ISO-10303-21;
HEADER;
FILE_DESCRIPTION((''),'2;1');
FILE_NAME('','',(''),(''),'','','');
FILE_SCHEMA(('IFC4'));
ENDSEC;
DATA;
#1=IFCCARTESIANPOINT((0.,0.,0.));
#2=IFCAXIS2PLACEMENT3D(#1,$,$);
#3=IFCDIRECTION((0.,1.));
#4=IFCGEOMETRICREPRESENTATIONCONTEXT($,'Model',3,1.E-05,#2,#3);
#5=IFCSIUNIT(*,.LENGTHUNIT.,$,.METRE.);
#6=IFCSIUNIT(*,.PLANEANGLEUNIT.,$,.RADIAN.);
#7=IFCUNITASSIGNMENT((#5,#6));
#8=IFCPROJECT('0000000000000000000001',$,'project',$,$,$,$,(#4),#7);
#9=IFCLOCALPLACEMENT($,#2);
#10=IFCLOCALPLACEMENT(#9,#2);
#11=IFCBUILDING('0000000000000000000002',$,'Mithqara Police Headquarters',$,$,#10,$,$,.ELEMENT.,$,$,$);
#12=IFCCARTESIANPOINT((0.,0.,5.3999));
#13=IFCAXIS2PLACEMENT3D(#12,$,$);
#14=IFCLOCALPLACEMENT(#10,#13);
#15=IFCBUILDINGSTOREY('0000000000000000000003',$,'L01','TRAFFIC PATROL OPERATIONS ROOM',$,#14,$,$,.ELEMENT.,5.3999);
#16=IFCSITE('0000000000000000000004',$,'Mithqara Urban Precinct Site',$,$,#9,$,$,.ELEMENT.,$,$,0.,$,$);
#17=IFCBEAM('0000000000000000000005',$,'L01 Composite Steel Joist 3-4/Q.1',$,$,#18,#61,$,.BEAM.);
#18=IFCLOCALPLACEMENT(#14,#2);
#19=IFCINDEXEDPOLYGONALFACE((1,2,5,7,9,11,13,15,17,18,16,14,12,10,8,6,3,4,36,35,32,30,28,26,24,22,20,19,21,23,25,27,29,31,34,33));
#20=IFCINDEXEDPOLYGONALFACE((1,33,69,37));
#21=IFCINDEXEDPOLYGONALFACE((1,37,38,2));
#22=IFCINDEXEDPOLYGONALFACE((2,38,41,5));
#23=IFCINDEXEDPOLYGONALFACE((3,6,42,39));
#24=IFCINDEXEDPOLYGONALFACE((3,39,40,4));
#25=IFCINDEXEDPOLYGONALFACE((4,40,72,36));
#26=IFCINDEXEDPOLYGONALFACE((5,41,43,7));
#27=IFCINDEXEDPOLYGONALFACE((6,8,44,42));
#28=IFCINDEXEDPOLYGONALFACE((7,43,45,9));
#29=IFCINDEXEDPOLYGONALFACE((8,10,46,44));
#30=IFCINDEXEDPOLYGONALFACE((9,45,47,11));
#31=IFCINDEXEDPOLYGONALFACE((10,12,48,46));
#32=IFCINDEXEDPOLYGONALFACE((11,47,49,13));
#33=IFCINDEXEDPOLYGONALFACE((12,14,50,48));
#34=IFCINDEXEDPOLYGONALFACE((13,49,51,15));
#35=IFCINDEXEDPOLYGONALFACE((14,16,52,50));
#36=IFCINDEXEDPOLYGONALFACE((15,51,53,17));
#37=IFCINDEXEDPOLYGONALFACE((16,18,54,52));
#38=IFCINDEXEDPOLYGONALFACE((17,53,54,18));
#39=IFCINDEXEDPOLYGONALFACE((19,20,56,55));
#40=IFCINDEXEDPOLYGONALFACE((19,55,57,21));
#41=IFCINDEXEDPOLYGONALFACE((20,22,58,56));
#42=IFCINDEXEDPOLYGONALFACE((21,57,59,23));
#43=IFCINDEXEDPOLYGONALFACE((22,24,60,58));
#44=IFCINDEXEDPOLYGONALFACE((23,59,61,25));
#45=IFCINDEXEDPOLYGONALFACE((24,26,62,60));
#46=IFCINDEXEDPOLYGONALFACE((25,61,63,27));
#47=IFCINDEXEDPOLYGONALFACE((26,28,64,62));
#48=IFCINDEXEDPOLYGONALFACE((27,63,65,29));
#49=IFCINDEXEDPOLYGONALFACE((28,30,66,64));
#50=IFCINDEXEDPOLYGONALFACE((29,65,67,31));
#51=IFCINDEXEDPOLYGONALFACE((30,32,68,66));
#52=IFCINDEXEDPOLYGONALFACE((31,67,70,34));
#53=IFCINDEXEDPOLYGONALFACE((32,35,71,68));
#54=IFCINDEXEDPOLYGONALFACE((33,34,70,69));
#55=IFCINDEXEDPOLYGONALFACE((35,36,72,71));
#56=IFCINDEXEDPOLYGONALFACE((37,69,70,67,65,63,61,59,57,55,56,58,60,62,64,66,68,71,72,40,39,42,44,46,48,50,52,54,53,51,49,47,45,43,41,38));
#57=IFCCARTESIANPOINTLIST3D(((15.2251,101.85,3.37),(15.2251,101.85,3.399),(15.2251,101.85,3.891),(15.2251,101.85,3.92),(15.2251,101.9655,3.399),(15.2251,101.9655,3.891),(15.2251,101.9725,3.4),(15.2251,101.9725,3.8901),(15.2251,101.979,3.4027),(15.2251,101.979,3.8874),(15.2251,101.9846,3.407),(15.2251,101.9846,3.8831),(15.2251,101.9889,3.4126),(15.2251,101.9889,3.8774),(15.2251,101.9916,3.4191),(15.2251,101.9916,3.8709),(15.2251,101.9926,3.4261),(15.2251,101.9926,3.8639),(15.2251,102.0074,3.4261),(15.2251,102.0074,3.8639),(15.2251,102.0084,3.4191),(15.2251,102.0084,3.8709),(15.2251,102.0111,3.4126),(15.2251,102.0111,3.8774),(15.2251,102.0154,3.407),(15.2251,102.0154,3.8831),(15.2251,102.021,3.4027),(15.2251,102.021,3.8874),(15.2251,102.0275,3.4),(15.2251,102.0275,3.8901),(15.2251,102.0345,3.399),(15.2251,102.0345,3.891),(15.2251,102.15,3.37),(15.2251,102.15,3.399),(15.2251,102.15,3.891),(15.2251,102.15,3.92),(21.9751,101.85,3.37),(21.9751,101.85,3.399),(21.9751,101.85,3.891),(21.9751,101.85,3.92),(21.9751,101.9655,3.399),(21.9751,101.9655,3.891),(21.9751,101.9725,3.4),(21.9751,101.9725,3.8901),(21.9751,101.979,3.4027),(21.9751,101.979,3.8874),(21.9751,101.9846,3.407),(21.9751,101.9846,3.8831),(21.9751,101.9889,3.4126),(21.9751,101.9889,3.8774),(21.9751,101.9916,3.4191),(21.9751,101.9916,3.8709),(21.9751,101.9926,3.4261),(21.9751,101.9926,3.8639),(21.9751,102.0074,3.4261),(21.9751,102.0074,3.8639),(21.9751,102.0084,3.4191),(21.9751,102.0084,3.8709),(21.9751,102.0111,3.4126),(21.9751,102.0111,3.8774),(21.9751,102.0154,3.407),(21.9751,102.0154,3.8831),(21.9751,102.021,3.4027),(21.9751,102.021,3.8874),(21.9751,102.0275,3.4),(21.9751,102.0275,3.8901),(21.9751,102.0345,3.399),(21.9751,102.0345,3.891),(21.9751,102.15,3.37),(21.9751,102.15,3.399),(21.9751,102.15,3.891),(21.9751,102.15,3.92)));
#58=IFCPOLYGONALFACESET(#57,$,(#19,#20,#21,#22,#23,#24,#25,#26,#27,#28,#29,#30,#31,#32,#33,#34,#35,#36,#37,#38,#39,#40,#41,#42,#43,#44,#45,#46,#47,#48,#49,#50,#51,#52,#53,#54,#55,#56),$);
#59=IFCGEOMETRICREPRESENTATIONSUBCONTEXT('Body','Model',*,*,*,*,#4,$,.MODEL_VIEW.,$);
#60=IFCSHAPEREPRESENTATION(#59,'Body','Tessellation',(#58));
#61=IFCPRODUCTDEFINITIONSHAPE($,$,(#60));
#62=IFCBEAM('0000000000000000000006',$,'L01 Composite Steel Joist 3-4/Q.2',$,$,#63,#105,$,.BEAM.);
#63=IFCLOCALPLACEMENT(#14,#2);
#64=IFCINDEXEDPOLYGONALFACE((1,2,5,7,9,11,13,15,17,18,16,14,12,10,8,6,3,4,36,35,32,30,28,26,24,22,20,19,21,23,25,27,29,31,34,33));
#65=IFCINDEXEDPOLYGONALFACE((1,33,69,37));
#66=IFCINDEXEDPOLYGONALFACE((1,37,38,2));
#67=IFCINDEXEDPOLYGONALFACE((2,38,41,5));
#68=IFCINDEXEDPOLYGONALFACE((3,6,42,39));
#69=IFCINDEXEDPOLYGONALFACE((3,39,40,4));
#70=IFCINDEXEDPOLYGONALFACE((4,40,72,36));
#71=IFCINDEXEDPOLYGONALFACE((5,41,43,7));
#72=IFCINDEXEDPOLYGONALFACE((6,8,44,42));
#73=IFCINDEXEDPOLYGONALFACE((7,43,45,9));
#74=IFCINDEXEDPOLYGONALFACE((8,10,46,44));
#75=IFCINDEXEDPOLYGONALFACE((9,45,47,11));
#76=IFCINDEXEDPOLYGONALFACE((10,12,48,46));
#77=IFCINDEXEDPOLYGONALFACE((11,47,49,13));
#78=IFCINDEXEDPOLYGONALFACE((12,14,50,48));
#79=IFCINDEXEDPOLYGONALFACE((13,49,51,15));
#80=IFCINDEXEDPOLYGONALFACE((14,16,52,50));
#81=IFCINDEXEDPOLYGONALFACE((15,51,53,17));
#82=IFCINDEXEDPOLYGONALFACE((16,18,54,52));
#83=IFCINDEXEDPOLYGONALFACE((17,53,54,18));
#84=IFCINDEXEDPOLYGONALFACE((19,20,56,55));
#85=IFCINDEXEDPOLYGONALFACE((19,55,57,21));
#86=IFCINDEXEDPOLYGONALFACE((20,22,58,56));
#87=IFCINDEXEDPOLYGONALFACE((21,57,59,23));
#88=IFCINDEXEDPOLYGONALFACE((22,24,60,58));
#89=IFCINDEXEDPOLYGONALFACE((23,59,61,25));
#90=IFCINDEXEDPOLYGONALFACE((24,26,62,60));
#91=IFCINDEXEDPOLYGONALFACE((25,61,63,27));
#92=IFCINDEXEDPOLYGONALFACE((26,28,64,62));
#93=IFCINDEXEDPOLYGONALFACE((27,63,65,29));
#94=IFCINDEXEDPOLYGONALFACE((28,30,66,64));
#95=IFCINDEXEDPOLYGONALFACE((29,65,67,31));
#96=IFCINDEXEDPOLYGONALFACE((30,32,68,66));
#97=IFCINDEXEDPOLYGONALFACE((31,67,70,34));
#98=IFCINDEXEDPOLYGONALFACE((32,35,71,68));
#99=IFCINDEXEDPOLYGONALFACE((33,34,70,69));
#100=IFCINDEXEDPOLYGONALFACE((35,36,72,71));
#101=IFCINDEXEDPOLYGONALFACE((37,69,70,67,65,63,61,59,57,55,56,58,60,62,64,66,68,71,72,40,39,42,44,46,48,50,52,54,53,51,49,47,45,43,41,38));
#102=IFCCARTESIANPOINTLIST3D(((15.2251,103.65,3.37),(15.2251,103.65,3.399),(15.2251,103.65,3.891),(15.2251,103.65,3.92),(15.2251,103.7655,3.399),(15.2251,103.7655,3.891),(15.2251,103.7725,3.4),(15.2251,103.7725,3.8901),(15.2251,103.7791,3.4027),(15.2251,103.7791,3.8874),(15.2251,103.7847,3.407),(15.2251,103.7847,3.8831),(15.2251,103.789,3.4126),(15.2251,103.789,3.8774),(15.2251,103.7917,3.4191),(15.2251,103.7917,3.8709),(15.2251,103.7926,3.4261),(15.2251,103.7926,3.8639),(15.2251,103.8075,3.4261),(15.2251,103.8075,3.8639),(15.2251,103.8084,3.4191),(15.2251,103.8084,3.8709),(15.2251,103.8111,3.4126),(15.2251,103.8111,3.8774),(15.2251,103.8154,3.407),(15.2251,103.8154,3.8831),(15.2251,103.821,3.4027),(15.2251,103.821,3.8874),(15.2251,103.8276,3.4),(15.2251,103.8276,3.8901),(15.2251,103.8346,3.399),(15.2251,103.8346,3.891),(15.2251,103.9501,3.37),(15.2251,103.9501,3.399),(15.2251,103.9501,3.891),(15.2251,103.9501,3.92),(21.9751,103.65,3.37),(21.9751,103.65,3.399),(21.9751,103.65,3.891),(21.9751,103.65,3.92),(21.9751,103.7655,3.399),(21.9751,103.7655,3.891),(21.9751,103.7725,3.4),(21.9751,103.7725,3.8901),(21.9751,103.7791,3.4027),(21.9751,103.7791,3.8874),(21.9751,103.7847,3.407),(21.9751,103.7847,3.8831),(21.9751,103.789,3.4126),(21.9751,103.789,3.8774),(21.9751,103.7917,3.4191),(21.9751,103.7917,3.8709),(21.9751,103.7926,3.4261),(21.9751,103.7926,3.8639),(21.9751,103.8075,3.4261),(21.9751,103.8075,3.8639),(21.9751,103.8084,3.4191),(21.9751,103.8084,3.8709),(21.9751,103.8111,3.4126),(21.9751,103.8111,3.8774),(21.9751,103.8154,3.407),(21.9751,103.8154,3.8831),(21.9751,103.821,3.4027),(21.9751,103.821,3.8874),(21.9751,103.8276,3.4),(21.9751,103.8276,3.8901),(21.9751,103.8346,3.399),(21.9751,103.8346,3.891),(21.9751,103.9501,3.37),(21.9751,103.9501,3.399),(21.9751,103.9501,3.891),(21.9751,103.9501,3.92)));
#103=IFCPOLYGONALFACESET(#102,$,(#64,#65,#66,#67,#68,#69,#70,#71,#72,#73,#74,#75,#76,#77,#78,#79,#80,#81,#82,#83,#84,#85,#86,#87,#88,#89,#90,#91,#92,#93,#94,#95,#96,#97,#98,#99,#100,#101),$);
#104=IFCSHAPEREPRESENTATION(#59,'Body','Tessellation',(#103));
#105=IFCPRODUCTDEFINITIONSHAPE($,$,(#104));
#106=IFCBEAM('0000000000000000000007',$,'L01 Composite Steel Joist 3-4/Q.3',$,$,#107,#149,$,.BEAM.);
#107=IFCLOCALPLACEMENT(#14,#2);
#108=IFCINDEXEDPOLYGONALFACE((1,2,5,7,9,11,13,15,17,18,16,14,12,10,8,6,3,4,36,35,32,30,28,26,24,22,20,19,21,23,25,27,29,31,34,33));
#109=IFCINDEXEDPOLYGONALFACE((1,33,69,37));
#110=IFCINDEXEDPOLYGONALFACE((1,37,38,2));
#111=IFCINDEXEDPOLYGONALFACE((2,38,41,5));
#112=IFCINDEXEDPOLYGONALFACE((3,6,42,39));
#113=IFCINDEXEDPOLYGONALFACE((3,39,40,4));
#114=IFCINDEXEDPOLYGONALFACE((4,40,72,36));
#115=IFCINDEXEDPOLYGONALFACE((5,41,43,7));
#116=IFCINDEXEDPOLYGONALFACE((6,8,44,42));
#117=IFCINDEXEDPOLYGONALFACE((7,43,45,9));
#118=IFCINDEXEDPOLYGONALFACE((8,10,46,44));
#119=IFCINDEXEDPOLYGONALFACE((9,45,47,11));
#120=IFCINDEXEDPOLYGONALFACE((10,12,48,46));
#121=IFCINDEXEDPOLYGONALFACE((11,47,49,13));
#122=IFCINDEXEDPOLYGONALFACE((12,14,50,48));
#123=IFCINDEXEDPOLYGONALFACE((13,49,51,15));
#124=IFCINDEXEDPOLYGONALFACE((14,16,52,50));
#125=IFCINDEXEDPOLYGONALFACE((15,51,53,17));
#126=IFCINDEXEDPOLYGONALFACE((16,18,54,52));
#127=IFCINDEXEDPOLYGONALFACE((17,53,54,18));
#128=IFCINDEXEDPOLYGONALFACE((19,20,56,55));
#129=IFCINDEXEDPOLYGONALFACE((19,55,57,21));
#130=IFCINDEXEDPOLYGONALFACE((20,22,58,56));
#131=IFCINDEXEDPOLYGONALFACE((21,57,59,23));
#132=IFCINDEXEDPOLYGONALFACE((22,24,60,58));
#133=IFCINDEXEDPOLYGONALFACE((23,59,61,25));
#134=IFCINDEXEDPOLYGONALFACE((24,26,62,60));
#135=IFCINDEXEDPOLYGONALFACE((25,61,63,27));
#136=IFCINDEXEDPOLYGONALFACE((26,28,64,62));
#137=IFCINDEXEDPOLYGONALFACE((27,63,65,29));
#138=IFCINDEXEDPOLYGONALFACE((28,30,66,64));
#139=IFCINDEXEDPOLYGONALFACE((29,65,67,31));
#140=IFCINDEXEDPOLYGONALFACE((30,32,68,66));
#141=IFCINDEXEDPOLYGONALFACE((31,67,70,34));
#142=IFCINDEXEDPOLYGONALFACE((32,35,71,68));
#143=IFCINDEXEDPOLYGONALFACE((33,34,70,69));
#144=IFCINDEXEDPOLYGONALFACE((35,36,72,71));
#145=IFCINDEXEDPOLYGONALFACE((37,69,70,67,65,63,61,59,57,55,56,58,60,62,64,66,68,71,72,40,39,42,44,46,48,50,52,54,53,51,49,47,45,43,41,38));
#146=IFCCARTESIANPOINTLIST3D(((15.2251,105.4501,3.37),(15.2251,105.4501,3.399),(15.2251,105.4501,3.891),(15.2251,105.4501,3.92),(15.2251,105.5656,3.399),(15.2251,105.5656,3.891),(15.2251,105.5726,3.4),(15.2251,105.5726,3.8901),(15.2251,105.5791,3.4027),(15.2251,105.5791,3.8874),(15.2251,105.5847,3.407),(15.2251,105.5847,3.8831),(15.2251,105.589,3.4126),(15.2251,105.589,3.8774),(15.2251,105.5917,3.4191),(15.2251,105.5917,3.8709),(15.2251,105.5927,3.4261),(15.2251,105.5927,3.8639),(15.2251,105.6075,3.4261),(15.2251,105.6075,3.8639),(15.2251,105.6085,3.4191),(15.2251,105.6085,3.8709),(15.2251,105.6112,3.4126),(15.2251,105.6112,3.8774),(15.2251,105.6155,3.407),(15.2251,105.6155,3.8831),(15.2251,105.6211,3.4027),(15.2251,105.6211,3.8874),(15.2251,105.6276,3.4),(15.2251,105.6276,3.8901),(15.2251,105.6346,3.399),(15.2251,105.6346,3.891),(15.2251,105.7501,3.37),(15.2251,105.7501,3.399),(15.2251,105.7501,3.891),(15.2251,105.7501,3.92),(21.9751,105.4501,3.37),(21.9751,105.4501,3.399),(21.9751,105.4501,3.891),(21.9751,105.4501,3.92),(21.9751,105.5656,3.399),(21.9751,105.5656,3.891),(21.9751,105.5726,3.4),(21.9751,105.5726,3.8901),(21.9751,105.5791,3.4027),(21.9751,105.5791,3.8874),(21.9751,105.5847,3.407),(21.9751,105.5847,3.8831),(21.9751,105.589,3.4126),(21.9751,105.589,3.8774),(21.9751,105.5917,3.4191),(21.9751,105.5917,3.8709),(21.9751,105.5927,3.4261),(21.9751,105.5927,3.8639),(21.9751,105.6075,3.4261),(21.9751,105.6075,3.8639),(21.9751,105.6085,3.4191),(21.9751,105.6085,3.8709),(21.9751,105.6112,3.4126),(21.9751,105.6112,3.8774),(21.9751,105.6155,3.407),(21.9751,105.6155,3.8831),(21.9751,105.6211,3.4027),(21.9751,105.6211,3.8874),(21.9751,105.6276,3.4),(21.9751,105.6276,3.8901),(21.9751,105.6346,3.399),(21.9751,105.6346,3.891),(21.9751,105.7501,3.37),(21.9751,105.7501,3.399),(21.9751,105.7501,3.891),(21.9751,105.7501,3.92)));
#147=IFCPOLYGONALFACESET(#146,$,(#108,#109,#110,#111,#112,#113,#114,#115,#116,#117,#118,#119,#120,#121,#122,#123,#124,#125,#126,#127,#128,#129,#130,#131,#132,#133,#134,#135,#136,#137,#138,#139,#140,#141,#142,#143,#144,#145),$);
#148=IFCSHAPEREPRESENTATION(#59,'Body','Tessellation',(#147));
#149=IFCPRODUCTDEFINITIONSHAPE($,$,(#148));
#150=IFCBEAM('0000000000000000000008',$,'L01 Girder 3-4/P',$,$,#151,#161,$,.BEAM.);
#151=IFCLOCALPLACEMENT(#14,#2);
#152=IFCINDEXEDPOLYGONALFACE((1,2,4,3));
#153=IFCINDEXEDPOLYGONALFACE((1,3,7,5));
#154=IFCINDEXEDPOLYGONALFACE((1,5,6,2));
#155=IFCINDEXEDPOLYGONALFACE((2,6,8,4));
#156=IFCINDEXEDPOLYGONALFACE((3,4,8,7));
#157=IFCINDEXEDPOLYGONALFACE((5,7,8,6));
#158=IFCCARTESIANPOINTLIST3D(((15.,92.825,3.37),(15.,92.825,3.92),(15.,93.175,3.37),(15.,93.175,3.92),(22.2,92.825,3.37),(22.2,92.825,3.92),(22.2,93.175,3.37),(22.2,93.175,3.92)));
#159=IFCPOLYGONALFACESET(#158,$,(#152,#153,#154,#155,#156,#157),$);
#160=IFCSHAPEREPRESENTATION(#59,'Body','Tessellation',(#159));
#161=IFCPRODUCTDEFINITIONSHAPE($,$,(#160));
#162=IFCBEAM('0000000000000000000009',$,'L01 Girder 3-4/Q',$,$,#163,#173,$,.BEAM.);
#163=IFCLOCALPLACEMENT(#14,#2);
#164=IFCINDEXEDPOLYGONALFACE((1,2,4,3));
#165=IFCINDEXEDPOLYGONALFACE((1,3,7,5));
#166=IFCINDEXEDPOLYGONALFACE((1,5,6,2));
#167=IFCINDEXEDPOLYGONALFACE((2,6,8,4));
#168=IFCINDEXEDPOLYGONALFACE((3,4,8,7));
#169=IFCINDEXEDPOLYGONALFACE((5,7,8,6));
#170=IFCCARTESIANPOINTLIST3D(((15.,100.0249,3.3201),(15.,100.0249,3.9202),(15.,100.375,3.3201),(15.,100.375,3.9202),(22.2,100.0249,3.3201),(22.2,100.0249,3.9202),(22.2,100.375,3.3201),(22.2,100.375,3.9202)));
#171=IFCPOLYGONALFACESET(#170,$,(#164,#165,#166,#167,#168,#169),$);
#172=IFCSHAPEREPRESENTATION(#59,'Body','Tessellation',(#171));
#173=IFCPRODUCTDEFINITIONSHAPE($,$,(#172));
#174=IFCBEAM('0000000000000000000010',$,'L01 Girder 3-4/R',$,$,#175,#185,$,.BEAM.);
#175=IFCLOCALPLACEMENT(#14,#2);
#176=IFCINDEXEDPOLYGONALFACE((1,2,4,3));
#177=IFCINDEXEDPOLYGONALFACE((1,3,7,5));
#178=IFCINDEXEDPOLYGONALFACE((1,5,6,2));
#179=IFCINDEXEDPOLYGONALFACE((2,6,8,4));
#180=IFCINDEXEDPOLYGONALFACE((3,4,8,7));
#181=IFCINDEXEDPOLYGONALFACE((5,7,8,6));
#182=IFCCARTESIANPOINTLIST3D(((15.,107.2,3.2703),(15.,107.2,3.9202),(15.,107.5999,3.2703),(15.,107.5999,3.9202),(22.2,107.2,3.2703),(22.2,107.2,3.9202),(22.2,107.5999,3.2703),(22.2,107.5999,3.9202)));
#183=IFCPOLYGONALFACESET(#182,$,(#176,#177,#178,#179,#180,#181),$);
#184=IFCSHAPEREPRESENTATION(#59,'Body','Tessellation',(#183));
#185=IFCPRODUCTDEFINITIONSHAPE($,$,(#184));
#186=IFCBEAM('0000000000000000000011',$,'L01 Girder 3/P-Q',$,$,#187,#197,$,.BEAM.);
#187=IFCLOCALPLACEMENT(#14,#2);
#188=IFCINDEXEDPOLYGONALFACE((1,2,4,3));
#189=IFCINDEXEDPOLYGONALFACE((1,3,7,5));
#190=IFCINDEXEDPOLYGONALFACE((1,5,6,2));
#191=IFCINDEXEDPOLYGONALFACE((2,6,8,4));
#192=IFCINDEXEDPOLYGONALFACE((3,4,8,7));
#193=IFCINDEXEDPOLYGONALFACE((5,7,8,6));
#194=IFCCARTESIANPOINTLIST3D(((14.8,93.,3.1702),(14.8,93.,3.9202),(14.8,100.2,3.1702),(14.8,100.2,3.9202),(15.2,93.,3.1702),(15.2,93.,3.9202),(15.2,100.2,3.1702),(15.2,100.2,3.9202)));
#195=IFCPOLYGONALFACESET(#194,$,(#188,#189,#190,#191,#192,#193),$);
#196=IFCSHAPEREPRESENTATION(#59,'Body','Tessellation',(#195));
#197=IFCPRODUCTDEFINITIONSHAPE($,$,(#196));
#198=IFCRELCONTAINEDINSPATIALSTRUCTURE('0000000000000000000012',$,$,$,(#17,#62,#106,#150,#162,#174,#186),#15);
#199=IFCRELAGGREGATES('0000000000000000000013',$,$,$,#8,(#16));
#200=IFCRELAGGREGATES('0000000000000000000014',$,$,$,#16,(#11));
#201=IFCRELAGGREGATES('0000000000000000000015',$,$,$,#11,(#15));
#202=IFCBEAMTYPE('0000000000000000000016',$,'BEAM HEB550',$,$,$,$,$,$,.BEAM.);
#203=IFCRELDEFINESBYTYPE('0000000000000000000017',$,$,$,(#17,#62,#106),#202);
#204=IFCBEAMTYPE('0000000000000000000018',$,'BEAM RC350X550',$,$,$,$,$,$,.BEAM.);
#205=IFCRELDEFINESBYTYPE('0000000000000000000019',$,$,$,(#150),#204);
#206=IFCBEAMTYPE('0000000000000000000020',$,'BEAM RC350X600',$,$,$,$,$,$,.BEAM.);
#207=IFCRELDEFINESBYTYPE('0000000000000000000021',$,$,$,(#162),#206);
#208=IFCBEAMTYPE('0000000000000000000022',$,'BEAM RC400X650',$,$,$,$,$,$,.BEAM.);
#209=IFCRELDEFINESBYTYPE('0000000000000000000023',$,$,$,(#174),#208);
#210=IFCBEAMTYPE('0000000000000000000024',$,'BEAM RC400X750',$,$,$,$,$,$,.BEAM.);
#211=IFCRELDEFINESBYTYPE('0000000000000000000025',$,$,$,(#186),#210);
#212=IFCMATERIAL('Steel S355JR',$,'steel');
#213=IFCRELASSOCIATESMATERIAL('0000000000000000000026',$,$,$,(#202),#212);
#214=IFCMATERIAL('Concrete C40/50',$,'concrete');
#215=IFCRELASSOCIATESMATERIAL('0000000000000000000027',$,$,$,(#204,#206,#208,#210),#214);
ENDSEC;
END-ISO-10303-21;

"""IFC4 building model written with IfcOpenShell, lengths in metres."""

from ifc_helpers import new_model, si_unit, direction, frame, origin, origin_2d, place, context, subcontext, project, spatial, rectangle, i_section, extrude, material, material_profile, profile_set, type_object, element, save


model = new_model("IFC4")

# Units and contexts
model_context = context("Model", 3, precision=1e-05, world=origin(), true_north=direction((0.0, 1.0)))
body_context = subcontext(model_context, "Body", "Model", "MODEL_VIEW")
ifc_project = project(units=[si_unit("LENGTHUNIT", "METRE"), si_unit("PLANEANGLEUNIT", "RADIAN")], contexts=[model_context])

# Site, building, storey
site_placement = place(None, origin())
site = spatial("IfcSite", under=ifc_project, at=site_placement, Name="Mithqara Urban Precinct Site", CompositionType="ELEMENT", RefElevation=0.0)
building_placement = place(site_placement, origin())
building = spatial("IfcBuilding", under=site, at=building_placement, Name="Mithqara Police Headquarters", CompositionType="ELEMENT")
storey_placement = place(building_placement, frame((0.0, 0.0, 5.3999)))
storey = spatial("IfcBuildingStorey", under=building, at=storey_placement, Name="L01", Description="TRAFFIC PATROL OPERATIONS ROOM", CompositionType="ELEMENT", Elevation=5.3999)

# Beams
ifc_material_1 = material(Name="Steel S355JR", Category="steel")
ifc_material_profile_1 = material_profile(ifc_material_1, i_section(OverallWidth=0.3, OverallDepth=0.55, WebThickness=0.0149, FlangeThickness=0.0291, FilletRadius=0.0271, at=origin_2d()), Name="HEB 550")
ifc_profile_set_1 = profile_set([ifc_material_profile_1], Name="Steel S355JR")
beam_type_1 = type_object("IfcBeamType", Name="BEAM HEB550", PredefinedType="BEAM", material=ifc_profile_set_1)
for number, where, z_axis, x_axis, name in (
    (1, (15.2251, 102.0, 3.645), (1.0, 0.0, 0.0), (0.0, 1.0, 0.0), "L01 Composite Steel Joist 3-4/Q.1"),
    (2, (15.2251, 103.8, 3.645), (1.0, 0.0, 0.0), (0.0, 1.0, 0.0), "L01 Composite Steel Joist 3-4/Q.2"),
    (3, (15.2251, 105.6001, 3.645), (1.0, 0.0, 0.0), (0.0, 1.0, 0.0), "L01 Composite Steel Joist 3-4/Q.3"),
):
    element("IfcBeam", number, at=place(storey_placement, frame(where, z_axis=z_axis, x_axis=x_axis)), inside=storey, type_object=beam_type_1, Name=name, PredefinedType="BEAM", context=body_context, shape_type="SweptSolid", body=[
        extrude(i_section(OverallWidth=0.3, OverallDepth=0.55, WebThickness=0.0149, FlangeThickness=0.0291, FilletRadius=0.0271, at=origin_2d()), origin(), (0.0, 0.0, 1.0), 6.75),
    ])
ifc_material_2 = material(Name="Concrete C40/50", Category="concrete")
ifc_material_profile_2 = material_profile(ifc_material_2, rectangle(XDim=0.3501, YDim=0.55, at=origin_2d()), Name="RC 350x550")
ifc_profile_set_2 = profile_set([ifc_material_profile_2], Name="Concrete C40/50")
beam_type_2 = type_object("IfcBeamType", Name="BEAM RC350X550", PredefinedType="BEAM", material=ifc_profile_set_2)
beam_1_placement = place(storey_placement, frame((15.0, 93.0, 3.645), z_axis=(1.0, 0.0, 0.0), x_axis=(0.0, 1.0, 0.0)))
element("IfcBeam", 4, at=beam_1_placement, inside=storey, type_object=beam_type_2, Name="L01 Girder 3-4/P", PredefinedType="BEAM", context=body_context, shape_type="SweptSolid", body=[
    extrude(rectangle(XDim=0.3501, YDim=0.55, at=origin_2d()), origin(), (0.0, 0.0, 1.0), 7.2),
])
ifc_material_profile_3 = material_profile(ifc_material_2, rectangle(XDim=0.3501, YDim=0.6001, at=origin_2d()), Name="RC 350x600")
ifc_profile_set_3 = profile_set([ifc_material_profile_3], Name="Concrete C40/50")
beam_type_3 = type_object("IfcBeamType", Name="BEAM RC350X600", PredefinedType="BEAM", material=ifc_profile_set_3)
beam_2_placement = place(storey_placement, frame((15.0, 100.2, 3.6201), z_axis=(1.0, 0.0, 0.0), x_axis=(0.0, 1.0, 0.0)))
element("IfcBeam", 5, at=beam_2_placement, inside=storey, type_object=beam_type_3, Name="L01 Girder 3-4/Q", PredefinedType="BEAM", context=body_context, shape_type="SweptSolid", body=[
    extrude(rectangle(XDim=0.3501, YDim=0.6001, at=origin_2d()), origin(), (0.0, 0.0, 1.0), 7.2),
])
ifc_material_profile_4 = material_profile(ifc_material_2, rectangle(XDim=0.3999, YDim=0.6499, at=origin_2d()), Name="RC 400x650")
ifc_profile_set_4 = profile_set([ifc_material_profile_4], Name="Concrete C40/50")
beam_type_4 = type_object("IfcBeamType", Name="BEAM RC400X650", PredefinedType="BEAM", material=ifc_profile_set_4)
beam_3_placement = place(storey_placement, frame((15.0, 107.3999, 3.5952), z_axis=(1.0, 0.0, 0.0), x_axis=(0.0, 1.0, 0.0)))
element("IfcBeam", 6, at=beam_3_placement, inside=storey, type_object=beam_type_4, Name="L01 Girder 3-4/R", PredefinedType="BEAM", context=body_context, shape_type="SweptSolid", body=[
    extrude(rectangle(XDim=0.3999, YDim=0.6499, at=origin_2d()), origin(), (0.0, 0.0, 1.0), 7.2),
])
ifc_material_profile_5 = material_profile(ifc_material_2, rectangle(XDim=0.3999, YDim=0.75, at=origin_2d()), Name="RC 400x750")
ifc_profile_set_5 = profile_set([ifc_material_profile_5], Name="Concrete C40/50")
beam_type_5 = type_object("IfcBeamType", Name="BEAM RC400X750", PredefinedType="BEAM", material=ifc_profile_set_5)
beam_4_placement = place(storey_placement, frame((15.0, 93.0, 3.5452), z_axis=(0.0, 1.0, 0.0), x_axis=(-1.0, 0.0, 0.0)))
element("IfcBeam", 7, at=beam_4_placement, inside=storey, type_object=beam_type_5, Name="L01 Girder 3/P-Q", PredefinedType="BEAM", context=body_context, shape_type="SweptSolid", body=[
    extrude(rectangle(XDim=0.3999, YDim=0.75, at=origin_2d()), origin(), (0.0, 0.0, 1.0), 7.2),
])

save(model, "model.ifc")
